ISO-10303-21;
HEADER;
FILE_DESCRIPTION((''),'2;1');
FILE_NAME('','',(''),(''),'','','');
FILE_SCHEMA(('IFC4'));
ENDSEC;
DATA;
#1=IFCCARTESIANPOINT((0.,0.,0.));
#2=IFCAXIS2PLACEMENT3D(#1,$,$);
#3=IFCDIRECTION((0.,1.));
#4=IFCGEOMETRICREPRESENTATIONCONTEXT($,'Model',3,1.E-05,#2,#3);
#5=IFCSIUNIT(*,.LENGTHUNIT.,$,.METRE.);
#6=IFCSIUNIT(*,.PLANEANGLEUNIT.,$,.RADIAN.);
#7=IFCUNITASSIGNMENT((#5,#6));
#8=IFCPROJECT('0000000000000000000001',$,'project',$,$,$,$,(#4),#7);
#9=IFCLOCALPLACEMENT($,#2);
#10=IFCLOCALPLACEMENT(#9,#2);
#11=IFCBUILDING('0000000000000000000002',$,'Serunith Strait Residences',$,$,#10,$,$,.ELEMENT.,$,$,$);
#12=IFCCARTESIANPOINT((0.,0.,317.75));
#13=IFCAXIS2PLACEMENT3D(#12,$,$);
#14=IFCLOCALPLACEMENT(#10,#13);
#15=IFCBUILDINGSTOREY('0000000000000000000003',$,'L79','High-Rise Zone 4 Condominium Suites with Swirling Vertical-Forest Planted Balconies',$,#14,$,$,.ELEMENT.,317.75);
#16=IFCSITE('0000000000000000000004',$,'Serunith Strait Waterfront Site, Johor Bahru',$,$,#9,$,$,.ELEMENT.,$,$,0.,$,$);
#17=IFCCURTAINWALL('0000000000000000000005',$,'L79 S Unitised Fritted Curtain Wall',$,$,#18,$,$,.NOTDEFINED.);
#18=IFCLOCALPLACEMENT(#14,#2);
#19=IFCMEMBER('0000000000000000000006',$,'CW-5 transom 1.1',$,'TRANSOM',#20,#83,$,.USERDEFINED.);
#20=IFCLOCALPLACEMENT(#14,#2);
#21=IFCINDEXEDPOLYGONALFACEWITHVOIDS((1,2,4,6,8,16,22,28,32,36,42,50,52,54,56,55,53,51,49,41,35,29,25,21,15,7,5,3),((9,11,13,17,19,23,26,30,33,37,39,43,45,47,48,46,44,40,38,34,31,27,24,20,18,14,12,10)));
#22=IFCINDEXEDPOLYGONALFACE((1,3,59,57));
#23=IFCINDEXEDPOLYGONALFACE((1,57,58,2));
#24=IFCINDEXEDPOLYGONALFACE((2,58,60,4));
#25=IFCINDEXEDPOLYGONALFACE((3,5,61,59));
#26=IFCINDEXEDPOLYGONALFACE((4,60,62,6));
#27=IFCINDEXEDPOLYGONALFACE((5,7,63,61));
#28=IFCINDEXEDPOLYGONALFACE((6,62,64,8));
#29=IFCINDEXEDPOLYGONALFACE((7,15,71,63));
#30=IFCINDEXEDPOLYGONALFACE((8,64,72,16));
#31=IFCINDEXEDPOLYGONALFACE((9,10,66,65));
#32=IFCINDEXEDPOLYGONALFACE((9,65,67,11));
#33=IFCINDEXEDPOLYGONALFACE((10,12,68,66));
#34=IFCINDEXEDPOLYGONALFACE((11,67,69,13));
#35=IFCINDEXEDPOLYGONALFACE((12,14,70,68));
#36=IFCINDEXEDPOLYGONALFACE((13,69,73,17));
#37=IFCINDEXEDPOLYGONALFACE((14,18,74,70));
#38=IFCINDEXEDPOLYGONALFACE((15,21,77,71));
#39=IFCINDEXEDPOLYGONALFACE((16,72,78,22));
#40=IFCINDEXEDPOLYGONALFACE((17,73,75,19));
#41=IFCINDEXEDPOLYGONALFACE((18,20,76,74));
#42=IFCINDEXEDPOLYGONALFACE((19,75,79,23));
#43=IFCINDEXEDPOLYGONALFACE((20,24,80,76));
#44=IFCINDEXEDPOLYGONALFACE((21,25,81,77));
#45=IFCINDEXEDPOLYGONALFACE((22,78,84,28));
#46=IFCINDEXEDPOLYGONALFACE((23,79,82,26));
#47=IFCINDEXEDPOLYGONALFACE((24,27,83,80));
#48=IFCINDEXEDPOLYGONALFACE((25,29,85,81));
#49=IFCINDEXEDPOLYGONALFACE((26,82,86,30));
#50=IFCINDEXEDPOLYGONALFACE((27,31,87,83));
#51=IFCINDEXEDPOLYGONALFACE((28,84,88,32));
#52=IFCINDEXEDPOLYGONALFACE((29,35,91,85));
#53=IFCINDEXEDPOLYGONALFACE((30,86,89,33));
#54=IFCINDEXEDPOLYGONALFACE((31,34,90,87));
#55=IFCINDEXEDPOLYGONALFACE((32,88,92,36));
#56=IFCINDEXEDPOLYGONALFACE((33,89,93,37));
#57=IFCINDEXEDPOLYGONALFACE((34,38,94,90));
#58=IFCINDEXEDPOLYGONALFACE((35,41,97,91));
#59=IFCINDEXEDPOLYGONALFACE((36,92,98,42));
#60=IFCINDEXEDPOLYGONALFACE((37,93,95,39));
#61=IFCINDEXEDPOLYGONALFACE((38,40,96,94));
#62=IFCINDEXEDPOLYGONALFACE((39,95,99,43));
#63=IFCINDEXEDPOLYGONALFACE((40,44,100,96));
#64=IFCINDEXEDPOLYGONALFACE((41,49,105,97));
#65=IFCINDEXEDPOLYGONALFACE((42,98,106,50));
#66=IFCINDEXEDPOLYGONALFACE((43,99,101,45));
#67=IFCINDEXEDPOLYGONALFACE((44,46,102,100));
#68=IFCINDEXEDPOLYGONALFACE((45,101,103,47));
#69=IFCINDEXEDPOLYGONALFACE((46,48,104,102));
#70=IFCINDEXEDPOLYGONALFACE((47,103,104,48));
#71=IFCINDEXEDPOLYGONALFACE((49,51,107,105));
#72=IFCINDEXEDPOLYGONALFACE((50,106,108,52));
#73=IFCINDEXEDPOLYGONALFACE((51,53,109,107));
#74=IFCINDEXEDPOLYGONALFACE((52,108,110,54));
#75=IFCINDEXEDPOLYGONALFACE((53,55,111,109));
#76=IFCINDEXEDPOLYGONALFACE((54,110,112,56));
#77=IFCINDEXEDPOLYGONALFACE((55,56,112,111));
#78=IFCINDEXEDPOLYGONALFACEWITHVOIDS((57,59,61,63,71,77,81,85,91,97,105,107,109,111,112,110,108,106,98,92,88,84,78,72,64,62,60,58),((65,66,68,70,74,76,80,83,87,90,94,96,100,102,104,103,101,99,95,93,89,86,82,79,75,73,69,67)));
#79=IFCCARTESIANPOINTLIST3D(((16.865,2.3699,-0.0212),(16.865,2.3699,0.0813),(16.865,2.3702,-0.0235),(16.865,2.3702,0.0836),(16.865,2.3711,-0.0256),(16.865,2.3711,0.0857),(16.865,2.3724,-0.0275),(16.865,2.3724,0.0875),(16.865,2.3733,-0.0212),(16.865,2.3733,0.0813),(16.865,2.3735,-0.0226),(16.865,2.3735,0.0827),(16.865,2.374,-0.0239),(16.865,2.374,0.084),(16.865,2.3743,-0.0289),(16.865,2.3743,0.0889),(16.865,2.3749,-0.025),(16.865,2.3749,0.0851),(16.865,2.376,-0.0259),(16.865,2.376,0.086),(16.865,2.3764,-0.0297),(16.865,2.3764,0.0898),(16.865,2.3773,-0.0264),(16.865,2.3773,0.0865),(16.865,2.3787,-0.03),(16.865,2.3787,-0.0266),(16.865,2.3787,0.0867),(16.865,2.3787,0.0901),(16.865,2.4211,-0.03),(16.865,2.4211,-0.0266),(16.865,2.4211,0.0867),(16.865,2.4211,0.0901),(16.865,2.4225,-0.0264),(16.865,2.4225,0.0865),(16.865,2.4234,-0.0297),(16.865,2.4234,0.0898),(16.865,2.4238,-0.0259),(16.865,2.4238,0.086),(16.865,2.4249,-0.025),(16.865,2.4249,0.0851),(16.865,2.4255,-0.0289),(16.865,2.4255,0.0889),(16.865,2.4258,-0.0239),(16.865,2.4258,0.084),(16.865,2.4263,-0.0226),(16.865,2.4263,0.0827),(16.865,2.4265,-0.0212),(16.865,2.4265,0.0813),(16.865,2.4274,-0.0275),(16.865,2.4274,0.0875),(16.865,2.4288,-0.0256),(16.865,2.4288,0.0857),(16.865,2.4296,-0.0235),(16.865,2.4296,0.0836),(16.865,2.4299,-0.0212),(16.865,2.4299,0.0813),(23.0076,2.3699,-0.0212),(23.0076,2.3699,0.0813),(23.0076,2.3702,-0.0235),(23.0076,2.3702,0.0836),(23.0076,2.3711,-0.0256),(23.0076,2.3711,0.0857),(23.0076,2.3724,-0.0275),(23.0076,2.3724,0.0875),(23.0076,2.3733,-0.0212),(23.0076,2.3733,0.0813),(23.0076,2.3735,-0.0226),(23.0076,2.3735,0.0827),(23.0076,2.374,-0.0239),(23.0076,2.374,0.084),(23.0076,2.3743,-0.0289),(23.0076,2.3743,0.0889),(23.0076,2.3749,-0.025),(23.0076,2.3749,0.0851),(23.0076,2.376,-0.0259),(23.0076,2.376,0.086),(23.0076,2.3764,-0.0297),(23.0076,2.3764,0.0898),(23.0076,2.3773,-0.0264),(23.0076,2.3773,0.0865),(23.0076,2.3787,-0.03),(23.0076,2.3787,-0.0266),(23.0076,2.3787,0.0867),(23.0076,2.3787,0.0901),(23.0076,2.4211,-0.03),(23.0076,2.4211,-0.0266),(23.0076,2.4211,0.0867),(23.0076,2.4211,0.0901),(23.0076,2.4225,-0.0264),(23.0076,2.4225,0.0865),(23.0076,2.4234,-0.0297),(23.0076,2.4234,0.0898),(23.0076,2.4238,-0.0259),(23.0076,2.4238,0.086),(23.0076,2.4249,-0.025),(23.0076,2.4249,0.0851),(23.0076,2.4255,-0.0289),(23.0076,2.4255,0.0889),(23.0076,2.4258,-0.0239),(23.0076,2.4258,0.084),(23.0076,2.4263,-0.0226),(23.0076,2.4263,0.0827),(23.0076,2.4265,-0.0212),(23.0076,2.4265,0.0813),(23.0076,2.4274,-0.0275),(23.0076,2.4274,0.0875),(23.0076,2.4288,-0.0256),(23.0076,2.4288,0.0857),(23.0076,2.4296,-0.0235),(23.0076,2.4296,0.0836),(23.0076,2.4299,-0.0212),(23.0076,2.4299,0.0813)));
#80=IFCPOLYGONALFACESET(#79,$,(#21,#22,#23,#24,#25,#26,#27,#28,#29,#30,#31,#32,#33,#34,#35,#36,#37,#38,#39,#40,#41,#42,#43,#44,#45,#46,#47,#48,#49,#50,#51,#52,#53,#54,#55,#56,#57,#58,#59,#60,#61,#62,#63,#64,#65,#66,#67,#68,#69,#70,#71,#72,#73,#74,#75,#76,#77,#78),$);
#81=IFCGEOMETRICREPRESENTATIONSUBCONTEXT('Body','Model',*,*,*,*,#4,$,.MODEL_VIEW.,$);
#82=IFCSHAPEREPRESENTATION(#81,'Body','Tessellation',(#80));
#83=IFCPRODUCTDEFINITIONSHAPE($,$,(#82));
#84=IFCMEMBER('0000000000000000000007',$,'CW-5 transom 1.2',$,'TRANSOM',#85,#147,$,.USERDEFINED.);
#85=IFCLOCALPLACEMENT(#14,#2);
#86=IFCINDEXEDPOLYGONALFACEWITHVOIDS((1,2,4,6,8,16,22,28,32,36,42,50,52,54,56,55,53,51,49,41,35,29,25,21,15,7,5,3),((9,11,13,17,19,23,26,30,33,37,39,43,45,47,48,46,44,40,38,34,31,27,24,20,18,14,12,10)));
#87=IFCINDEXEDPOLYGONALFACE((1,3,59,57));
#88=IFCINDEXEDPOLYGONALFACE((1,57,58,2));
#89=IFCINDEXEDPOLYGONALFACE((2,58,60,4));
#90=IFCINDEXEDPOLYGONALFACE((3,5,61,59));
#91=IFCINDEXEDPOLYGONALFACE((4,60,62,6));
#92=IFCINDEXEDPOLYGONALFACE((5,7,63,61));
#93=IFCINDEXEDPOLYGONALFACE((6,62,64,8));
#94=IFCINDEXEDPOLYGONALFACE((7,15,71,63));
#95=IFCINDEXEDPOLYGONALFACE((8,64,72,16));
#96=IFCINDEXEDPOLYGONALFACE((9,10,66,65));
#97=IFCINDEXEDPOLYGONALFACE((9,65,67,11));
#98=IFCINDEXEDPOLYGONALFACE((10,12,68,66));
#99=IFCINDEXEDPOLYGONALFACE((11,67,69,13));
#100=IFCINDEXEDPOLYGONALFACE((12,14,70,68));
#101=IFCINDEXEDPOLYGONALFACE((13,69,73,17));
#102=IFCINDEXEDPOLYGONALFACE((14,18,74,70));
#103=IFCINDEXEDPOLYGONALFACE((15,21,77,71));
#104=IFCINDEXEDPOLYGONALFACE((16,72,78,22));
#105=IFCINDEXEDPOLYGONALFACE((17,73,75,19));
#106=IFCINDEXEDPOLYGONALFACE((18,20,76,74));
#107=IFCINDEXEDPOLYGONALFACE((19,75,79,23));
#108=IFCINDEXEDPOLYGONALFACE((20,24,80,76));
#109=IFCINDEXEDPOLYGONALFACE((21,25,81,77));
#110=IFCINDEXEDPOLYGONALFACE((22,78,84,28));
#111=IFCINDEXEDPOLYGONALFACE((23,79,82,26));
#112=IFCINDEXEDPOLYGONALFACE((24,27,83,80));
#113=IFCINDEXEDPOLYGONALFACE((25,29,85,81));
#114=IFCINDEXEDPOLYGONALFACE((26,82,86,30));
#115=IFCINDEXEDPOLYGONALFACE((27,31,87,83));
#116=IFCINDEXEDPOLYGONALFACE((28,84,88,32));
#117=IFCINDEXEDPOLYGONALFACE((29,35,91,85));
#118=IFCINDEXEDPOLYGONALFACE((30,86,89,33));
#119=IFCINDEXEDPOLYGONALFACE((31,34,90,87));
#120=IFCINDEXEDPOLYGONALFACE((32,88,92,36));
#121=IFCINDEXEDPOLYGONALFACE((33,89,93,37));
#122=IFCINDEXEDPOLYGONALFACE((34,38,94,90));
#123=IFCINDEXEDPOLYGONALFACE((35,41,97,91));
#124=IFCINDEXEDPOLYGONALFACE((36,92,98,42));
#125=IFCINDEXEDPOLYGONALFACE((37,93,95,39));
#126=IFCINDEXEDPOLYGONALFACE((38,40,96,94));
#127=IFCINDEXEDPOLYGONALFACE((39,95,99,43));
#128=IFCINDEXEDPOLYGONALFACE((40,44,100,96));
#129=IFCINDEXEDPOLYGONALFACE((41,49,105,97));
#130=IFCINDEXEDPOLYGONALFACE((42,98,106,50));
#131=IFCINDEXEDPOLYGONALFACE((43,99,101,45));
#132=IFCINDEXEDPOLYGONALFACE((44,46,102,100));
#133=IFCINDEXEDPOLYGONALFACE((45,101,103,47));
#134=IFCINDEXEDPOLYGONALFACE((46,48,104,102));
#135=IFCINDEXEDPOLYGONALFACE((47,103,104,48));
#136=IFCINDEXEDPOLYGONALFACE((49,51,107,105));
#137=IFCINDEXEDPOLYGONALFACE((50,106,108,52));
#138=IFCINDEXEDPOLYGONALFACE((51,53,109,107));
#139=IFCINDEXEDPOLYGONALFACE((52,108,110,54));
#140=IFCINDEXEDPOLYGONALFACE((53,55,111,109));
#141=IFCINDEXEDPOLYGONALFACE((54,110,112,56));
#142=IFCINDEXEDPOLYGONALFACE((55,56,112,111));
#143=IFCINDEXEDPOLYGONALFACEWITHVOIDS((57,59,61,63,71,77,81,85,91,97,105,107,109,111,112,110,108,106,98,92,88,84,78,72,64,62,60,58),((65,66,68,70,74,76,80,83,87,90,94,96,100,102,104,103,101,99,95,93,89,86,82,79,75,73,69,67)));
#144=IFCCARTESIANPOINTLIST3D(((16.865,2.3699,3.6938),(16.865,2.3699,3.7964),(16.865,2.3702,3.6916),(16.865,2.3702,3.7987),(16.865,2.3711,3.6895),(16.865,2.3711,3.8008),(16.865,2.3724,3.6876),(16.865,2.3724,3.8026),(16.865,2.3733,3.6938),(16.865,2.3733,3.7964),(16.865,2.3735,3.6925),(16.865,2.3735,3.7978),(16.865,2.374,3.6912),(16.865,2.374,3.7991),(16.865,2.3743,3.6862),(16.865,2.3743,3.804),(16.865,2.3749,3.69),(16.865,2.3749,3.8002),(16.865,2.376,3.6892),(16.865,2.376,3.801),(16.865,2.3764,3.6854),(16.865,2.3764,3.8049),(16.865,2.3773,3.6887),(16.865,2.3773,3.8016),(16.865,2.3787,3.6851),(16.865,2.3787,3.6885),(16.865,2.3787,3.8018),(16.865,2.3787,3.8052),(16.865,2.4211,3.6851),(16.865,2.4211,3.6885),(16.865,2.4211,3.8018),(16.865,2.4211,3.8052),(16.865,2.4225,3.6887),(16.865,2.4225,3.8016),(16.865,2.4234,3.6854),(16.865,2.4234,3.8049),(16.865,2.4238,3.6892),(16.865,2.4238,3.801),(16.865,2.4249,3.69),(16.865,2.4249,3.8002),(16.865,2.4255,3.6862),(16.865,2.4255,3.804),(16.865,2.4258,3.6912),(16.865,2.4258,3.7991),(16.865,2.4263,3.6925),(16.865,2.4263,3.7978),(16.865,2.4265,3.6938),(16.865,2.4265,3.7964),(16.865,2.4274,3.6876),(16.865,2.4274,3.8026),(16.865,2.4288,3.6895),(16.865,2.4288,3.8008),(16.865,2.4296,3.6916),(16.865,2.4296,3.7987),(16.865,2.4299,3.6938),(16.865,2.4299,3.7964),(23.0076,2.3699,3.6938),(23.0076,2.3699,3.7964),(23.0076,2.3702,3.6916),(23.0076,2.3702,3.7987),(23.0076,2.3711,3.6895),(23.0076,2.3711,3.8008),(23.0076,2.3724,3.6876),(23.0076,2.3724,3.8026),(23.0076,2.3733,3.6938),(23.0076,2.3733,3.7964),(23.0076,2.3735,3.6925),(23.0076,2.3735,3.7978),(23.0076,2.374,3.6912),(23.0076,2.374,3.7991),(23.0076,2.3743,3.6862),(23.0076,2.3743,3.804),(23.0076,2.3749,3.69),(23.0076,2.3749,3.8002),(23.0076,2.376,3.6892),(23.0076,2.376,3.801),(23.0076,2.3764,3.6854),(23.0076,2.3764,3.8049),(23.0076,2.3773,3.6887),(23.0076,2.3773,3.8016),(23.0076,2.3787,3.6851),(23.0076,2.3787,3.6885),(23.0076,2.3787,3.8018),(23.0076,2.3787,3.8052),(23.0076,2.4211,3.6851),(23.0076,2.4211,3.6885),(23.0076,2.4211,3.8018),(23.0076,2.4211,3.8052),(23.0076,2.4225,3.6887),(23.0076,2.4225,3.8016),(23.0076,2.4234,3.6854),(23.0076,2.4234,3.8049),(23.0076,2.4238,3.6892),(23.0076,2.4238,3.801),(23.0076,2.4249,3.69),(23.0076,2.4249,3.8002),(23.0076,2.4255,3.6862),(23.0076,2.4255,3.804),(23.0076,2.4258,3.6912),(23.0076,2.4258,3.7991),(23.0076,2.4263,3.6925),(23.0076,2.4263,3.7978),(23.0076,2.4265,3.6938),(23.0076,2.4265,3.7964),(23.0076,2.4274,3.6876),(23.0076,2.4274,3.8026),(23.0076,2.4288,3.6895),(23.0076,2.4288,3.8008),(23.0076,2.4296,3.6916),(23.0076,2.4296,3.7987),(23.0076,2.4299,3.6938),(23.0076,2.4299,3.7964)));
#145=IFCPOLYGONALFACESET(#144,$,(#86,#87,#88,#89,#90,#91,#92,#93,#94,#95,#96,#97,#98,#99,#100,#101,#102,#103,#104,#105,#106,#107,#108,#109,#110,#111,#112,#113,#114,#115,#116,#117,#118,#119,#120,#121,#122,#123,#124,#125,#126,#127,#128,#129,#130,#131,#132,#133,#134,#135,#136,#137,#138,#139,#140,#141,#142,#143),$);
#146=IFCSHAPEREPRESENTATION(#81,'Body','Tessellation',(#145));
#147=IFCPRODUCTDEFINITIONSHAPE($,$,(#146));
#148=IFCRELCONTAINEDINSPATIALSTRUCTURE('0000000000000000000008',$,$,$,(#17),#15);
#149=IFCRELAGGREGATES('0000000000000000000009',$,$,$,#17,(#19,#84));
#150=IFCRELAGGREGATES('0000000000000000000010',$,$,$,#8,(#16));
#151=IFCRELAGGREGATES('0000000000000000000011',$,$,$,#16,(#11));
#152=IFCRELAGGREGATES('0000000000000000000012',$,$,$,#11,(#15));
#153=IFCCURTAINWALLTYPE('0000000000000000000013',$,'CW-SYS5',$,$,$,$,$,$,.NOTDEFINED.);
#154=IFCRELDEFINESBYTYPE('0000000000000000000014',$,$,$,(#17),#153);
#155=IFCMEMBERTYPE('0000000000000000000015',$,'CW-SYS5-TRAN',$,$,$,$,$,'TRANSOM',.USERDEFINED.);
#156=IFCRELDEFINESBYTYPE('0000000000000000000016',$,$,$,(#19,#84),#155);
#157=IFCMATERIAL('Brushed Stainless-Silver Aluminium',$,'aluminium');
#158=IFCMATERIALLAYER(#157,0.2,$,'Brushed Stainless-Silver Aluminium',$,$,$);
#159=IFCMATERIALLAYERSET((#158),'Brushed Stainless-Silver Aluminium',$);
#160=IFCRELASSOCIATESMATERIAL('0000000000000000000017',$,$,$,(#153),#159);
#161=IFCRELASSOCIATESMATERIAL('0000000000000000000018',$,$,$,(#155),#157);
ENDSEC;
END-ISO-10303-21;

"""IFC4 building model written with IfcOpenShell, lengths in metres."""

from ifc_helpers import new_model, si_unit, direction, frame, origin, origin_2d, place, context, subcontext, project, spatial, hollow_rectangle, extrude, source, transform, mapped, material, layer, layer_set, material_profile, profile_set, type_object, element, aggregate, save


model = new_model("IFC4")

# Units and contexts
model_context = context("Model", 3, precision=1e-05, world=origin(), true_north=direction((0.0, 1.0)))
body_context = subcontext(model_context, "Body", "Model", "MODEL_VIEW")
ifc_project = project(units=[si_unit("LENGTHUNIT", "METRE"), si_unit("PLANEANGLEUNIT", "RADIAN")], contexts=[model_context])

# Site, building, storey
site_placement = place(None, origin())
site = spatial("IfcSite", under=ifc_project, at=site_placement, Name="Serunith Strait Waterfront Site, Johor Bahru", CompositionType="ELEMENT", RefElevation=0.0)
building_placement = place(site_placement, origin())
building = spatial("IfcBuilding", under=site, at=building_placement, Name="Serunith Strait Residences", CompositionType="ELEMENT")
storey_placement = place(building_placement, frame((0.0, 0.0, 317.75)))
storey = spatial("IfcBuildingStorey", under=building, at=storey_placement, Name="L79", Description="High-Rise Zone 4 Condominium Suites with Swirling Vertical-Forest Planted Balconies", CompositionType="ELEMENT", Elevation=317.75)

# Curtain wall, members
ifc_material_1 = material(Name="Brushed Stainless-Silver Aluminium", Category="aluminium")
ifc_layer_1 = layer(ifc_material_1, 0.2, Name="Brushed Stainless-Silver Aluminium")
ifc_layer_set_1 = layer_set([ifc_layer_1], Name="Brushed Stainless-Silver Aluminium")
curtain_wall_type = type_object("IfcCurtainWallType", Name="CW-SYS5", PredefinedType="NOTDEFINED", material=ifc_layer_set_1)
curtain_wall_1_placement = place(storey_placement, origin())
curtain_wall_1 = element("IfcCurtainWall", 1, at=curtain_wall_1_placement, inside=storey, type_object=curtain_wall_type, Name="L79 S Unitised Fritted Curtain Wall", PredefinedType="NOTDEFINED")
ifc_material_profile_1 = material_profile(ifc_material_1, hollow_rectangle(XDim=0.0601, YDim=0.1201, WallThickness=0.0034, InnerFilletRadius=0.0054, OuterFilletRadius=0.0088, at=origin_2d()), Name="ALU 120x60x3.5")
ifc_profile_set_1 = profile_set([ifc_material_profile_1], Name="Brushed Stainless-Silver Aluminium")
member_type_1 = type_object("IfcMemberType", Name="CW-SYS5-TRAN", ElementType="TRANSOM", PredefinedType="USERDEFINED", material=ifc_profile_set_1)
shared_shape_1 = source(origin(), body_context, "Body", "SweptSolid", [
    extrude(hollow_rectangle(XDim=0.0601, YDim=0.1201, WallThickness=0.0034, InnerFilletRadius=0.0054, OuterFilletRadius=0.0088, at=origin_2d()), origin(), (0.0, 0.0, 1.0), 6.1426),
])
member_1_placement = place(storey_placement, frame((16.865, 2.3999, 0.03), z_axis=(1.0, 0.0, 0.0), x_axis=(0.0, 1.0, 0.0)))
member_1 = element("IfcMember", 2, at=member_1_placement, type_object=member_type_1, Name="CW-5 transom 1.1", ObjectType="TRANSOM", PredefinedType="USERDEFINED", context=body_context, shape_type="MappedRepresentation", body=[
    mapped(shared_shape_1, transform((0.0, 0.0, 0.0), scale=1.0)),
])
member_2_placement = place(storey_placement, frame((16.865, 2.3999, 3.7451), z_axis=(1.0, 0.0, 0.0), x_axis=(0.0, 1.0, 0.0)))
member_2 = element("IfcMember", 3, at=member_2_placement, type_object=member_type_1, Name="CW-5 transom 1.2", ObjectType="TRANSOM", PredefinedType="USERDEFINED", context=body_context, shape_type="MappedRepresentation", body=[
    mapped(shared_shape_1, transform((0.0, 0.0, 0.0), scale=1.0)),
])
aggregate(curtain_wall_1, [member_1, member_2])

save(model, "model.ifc")
